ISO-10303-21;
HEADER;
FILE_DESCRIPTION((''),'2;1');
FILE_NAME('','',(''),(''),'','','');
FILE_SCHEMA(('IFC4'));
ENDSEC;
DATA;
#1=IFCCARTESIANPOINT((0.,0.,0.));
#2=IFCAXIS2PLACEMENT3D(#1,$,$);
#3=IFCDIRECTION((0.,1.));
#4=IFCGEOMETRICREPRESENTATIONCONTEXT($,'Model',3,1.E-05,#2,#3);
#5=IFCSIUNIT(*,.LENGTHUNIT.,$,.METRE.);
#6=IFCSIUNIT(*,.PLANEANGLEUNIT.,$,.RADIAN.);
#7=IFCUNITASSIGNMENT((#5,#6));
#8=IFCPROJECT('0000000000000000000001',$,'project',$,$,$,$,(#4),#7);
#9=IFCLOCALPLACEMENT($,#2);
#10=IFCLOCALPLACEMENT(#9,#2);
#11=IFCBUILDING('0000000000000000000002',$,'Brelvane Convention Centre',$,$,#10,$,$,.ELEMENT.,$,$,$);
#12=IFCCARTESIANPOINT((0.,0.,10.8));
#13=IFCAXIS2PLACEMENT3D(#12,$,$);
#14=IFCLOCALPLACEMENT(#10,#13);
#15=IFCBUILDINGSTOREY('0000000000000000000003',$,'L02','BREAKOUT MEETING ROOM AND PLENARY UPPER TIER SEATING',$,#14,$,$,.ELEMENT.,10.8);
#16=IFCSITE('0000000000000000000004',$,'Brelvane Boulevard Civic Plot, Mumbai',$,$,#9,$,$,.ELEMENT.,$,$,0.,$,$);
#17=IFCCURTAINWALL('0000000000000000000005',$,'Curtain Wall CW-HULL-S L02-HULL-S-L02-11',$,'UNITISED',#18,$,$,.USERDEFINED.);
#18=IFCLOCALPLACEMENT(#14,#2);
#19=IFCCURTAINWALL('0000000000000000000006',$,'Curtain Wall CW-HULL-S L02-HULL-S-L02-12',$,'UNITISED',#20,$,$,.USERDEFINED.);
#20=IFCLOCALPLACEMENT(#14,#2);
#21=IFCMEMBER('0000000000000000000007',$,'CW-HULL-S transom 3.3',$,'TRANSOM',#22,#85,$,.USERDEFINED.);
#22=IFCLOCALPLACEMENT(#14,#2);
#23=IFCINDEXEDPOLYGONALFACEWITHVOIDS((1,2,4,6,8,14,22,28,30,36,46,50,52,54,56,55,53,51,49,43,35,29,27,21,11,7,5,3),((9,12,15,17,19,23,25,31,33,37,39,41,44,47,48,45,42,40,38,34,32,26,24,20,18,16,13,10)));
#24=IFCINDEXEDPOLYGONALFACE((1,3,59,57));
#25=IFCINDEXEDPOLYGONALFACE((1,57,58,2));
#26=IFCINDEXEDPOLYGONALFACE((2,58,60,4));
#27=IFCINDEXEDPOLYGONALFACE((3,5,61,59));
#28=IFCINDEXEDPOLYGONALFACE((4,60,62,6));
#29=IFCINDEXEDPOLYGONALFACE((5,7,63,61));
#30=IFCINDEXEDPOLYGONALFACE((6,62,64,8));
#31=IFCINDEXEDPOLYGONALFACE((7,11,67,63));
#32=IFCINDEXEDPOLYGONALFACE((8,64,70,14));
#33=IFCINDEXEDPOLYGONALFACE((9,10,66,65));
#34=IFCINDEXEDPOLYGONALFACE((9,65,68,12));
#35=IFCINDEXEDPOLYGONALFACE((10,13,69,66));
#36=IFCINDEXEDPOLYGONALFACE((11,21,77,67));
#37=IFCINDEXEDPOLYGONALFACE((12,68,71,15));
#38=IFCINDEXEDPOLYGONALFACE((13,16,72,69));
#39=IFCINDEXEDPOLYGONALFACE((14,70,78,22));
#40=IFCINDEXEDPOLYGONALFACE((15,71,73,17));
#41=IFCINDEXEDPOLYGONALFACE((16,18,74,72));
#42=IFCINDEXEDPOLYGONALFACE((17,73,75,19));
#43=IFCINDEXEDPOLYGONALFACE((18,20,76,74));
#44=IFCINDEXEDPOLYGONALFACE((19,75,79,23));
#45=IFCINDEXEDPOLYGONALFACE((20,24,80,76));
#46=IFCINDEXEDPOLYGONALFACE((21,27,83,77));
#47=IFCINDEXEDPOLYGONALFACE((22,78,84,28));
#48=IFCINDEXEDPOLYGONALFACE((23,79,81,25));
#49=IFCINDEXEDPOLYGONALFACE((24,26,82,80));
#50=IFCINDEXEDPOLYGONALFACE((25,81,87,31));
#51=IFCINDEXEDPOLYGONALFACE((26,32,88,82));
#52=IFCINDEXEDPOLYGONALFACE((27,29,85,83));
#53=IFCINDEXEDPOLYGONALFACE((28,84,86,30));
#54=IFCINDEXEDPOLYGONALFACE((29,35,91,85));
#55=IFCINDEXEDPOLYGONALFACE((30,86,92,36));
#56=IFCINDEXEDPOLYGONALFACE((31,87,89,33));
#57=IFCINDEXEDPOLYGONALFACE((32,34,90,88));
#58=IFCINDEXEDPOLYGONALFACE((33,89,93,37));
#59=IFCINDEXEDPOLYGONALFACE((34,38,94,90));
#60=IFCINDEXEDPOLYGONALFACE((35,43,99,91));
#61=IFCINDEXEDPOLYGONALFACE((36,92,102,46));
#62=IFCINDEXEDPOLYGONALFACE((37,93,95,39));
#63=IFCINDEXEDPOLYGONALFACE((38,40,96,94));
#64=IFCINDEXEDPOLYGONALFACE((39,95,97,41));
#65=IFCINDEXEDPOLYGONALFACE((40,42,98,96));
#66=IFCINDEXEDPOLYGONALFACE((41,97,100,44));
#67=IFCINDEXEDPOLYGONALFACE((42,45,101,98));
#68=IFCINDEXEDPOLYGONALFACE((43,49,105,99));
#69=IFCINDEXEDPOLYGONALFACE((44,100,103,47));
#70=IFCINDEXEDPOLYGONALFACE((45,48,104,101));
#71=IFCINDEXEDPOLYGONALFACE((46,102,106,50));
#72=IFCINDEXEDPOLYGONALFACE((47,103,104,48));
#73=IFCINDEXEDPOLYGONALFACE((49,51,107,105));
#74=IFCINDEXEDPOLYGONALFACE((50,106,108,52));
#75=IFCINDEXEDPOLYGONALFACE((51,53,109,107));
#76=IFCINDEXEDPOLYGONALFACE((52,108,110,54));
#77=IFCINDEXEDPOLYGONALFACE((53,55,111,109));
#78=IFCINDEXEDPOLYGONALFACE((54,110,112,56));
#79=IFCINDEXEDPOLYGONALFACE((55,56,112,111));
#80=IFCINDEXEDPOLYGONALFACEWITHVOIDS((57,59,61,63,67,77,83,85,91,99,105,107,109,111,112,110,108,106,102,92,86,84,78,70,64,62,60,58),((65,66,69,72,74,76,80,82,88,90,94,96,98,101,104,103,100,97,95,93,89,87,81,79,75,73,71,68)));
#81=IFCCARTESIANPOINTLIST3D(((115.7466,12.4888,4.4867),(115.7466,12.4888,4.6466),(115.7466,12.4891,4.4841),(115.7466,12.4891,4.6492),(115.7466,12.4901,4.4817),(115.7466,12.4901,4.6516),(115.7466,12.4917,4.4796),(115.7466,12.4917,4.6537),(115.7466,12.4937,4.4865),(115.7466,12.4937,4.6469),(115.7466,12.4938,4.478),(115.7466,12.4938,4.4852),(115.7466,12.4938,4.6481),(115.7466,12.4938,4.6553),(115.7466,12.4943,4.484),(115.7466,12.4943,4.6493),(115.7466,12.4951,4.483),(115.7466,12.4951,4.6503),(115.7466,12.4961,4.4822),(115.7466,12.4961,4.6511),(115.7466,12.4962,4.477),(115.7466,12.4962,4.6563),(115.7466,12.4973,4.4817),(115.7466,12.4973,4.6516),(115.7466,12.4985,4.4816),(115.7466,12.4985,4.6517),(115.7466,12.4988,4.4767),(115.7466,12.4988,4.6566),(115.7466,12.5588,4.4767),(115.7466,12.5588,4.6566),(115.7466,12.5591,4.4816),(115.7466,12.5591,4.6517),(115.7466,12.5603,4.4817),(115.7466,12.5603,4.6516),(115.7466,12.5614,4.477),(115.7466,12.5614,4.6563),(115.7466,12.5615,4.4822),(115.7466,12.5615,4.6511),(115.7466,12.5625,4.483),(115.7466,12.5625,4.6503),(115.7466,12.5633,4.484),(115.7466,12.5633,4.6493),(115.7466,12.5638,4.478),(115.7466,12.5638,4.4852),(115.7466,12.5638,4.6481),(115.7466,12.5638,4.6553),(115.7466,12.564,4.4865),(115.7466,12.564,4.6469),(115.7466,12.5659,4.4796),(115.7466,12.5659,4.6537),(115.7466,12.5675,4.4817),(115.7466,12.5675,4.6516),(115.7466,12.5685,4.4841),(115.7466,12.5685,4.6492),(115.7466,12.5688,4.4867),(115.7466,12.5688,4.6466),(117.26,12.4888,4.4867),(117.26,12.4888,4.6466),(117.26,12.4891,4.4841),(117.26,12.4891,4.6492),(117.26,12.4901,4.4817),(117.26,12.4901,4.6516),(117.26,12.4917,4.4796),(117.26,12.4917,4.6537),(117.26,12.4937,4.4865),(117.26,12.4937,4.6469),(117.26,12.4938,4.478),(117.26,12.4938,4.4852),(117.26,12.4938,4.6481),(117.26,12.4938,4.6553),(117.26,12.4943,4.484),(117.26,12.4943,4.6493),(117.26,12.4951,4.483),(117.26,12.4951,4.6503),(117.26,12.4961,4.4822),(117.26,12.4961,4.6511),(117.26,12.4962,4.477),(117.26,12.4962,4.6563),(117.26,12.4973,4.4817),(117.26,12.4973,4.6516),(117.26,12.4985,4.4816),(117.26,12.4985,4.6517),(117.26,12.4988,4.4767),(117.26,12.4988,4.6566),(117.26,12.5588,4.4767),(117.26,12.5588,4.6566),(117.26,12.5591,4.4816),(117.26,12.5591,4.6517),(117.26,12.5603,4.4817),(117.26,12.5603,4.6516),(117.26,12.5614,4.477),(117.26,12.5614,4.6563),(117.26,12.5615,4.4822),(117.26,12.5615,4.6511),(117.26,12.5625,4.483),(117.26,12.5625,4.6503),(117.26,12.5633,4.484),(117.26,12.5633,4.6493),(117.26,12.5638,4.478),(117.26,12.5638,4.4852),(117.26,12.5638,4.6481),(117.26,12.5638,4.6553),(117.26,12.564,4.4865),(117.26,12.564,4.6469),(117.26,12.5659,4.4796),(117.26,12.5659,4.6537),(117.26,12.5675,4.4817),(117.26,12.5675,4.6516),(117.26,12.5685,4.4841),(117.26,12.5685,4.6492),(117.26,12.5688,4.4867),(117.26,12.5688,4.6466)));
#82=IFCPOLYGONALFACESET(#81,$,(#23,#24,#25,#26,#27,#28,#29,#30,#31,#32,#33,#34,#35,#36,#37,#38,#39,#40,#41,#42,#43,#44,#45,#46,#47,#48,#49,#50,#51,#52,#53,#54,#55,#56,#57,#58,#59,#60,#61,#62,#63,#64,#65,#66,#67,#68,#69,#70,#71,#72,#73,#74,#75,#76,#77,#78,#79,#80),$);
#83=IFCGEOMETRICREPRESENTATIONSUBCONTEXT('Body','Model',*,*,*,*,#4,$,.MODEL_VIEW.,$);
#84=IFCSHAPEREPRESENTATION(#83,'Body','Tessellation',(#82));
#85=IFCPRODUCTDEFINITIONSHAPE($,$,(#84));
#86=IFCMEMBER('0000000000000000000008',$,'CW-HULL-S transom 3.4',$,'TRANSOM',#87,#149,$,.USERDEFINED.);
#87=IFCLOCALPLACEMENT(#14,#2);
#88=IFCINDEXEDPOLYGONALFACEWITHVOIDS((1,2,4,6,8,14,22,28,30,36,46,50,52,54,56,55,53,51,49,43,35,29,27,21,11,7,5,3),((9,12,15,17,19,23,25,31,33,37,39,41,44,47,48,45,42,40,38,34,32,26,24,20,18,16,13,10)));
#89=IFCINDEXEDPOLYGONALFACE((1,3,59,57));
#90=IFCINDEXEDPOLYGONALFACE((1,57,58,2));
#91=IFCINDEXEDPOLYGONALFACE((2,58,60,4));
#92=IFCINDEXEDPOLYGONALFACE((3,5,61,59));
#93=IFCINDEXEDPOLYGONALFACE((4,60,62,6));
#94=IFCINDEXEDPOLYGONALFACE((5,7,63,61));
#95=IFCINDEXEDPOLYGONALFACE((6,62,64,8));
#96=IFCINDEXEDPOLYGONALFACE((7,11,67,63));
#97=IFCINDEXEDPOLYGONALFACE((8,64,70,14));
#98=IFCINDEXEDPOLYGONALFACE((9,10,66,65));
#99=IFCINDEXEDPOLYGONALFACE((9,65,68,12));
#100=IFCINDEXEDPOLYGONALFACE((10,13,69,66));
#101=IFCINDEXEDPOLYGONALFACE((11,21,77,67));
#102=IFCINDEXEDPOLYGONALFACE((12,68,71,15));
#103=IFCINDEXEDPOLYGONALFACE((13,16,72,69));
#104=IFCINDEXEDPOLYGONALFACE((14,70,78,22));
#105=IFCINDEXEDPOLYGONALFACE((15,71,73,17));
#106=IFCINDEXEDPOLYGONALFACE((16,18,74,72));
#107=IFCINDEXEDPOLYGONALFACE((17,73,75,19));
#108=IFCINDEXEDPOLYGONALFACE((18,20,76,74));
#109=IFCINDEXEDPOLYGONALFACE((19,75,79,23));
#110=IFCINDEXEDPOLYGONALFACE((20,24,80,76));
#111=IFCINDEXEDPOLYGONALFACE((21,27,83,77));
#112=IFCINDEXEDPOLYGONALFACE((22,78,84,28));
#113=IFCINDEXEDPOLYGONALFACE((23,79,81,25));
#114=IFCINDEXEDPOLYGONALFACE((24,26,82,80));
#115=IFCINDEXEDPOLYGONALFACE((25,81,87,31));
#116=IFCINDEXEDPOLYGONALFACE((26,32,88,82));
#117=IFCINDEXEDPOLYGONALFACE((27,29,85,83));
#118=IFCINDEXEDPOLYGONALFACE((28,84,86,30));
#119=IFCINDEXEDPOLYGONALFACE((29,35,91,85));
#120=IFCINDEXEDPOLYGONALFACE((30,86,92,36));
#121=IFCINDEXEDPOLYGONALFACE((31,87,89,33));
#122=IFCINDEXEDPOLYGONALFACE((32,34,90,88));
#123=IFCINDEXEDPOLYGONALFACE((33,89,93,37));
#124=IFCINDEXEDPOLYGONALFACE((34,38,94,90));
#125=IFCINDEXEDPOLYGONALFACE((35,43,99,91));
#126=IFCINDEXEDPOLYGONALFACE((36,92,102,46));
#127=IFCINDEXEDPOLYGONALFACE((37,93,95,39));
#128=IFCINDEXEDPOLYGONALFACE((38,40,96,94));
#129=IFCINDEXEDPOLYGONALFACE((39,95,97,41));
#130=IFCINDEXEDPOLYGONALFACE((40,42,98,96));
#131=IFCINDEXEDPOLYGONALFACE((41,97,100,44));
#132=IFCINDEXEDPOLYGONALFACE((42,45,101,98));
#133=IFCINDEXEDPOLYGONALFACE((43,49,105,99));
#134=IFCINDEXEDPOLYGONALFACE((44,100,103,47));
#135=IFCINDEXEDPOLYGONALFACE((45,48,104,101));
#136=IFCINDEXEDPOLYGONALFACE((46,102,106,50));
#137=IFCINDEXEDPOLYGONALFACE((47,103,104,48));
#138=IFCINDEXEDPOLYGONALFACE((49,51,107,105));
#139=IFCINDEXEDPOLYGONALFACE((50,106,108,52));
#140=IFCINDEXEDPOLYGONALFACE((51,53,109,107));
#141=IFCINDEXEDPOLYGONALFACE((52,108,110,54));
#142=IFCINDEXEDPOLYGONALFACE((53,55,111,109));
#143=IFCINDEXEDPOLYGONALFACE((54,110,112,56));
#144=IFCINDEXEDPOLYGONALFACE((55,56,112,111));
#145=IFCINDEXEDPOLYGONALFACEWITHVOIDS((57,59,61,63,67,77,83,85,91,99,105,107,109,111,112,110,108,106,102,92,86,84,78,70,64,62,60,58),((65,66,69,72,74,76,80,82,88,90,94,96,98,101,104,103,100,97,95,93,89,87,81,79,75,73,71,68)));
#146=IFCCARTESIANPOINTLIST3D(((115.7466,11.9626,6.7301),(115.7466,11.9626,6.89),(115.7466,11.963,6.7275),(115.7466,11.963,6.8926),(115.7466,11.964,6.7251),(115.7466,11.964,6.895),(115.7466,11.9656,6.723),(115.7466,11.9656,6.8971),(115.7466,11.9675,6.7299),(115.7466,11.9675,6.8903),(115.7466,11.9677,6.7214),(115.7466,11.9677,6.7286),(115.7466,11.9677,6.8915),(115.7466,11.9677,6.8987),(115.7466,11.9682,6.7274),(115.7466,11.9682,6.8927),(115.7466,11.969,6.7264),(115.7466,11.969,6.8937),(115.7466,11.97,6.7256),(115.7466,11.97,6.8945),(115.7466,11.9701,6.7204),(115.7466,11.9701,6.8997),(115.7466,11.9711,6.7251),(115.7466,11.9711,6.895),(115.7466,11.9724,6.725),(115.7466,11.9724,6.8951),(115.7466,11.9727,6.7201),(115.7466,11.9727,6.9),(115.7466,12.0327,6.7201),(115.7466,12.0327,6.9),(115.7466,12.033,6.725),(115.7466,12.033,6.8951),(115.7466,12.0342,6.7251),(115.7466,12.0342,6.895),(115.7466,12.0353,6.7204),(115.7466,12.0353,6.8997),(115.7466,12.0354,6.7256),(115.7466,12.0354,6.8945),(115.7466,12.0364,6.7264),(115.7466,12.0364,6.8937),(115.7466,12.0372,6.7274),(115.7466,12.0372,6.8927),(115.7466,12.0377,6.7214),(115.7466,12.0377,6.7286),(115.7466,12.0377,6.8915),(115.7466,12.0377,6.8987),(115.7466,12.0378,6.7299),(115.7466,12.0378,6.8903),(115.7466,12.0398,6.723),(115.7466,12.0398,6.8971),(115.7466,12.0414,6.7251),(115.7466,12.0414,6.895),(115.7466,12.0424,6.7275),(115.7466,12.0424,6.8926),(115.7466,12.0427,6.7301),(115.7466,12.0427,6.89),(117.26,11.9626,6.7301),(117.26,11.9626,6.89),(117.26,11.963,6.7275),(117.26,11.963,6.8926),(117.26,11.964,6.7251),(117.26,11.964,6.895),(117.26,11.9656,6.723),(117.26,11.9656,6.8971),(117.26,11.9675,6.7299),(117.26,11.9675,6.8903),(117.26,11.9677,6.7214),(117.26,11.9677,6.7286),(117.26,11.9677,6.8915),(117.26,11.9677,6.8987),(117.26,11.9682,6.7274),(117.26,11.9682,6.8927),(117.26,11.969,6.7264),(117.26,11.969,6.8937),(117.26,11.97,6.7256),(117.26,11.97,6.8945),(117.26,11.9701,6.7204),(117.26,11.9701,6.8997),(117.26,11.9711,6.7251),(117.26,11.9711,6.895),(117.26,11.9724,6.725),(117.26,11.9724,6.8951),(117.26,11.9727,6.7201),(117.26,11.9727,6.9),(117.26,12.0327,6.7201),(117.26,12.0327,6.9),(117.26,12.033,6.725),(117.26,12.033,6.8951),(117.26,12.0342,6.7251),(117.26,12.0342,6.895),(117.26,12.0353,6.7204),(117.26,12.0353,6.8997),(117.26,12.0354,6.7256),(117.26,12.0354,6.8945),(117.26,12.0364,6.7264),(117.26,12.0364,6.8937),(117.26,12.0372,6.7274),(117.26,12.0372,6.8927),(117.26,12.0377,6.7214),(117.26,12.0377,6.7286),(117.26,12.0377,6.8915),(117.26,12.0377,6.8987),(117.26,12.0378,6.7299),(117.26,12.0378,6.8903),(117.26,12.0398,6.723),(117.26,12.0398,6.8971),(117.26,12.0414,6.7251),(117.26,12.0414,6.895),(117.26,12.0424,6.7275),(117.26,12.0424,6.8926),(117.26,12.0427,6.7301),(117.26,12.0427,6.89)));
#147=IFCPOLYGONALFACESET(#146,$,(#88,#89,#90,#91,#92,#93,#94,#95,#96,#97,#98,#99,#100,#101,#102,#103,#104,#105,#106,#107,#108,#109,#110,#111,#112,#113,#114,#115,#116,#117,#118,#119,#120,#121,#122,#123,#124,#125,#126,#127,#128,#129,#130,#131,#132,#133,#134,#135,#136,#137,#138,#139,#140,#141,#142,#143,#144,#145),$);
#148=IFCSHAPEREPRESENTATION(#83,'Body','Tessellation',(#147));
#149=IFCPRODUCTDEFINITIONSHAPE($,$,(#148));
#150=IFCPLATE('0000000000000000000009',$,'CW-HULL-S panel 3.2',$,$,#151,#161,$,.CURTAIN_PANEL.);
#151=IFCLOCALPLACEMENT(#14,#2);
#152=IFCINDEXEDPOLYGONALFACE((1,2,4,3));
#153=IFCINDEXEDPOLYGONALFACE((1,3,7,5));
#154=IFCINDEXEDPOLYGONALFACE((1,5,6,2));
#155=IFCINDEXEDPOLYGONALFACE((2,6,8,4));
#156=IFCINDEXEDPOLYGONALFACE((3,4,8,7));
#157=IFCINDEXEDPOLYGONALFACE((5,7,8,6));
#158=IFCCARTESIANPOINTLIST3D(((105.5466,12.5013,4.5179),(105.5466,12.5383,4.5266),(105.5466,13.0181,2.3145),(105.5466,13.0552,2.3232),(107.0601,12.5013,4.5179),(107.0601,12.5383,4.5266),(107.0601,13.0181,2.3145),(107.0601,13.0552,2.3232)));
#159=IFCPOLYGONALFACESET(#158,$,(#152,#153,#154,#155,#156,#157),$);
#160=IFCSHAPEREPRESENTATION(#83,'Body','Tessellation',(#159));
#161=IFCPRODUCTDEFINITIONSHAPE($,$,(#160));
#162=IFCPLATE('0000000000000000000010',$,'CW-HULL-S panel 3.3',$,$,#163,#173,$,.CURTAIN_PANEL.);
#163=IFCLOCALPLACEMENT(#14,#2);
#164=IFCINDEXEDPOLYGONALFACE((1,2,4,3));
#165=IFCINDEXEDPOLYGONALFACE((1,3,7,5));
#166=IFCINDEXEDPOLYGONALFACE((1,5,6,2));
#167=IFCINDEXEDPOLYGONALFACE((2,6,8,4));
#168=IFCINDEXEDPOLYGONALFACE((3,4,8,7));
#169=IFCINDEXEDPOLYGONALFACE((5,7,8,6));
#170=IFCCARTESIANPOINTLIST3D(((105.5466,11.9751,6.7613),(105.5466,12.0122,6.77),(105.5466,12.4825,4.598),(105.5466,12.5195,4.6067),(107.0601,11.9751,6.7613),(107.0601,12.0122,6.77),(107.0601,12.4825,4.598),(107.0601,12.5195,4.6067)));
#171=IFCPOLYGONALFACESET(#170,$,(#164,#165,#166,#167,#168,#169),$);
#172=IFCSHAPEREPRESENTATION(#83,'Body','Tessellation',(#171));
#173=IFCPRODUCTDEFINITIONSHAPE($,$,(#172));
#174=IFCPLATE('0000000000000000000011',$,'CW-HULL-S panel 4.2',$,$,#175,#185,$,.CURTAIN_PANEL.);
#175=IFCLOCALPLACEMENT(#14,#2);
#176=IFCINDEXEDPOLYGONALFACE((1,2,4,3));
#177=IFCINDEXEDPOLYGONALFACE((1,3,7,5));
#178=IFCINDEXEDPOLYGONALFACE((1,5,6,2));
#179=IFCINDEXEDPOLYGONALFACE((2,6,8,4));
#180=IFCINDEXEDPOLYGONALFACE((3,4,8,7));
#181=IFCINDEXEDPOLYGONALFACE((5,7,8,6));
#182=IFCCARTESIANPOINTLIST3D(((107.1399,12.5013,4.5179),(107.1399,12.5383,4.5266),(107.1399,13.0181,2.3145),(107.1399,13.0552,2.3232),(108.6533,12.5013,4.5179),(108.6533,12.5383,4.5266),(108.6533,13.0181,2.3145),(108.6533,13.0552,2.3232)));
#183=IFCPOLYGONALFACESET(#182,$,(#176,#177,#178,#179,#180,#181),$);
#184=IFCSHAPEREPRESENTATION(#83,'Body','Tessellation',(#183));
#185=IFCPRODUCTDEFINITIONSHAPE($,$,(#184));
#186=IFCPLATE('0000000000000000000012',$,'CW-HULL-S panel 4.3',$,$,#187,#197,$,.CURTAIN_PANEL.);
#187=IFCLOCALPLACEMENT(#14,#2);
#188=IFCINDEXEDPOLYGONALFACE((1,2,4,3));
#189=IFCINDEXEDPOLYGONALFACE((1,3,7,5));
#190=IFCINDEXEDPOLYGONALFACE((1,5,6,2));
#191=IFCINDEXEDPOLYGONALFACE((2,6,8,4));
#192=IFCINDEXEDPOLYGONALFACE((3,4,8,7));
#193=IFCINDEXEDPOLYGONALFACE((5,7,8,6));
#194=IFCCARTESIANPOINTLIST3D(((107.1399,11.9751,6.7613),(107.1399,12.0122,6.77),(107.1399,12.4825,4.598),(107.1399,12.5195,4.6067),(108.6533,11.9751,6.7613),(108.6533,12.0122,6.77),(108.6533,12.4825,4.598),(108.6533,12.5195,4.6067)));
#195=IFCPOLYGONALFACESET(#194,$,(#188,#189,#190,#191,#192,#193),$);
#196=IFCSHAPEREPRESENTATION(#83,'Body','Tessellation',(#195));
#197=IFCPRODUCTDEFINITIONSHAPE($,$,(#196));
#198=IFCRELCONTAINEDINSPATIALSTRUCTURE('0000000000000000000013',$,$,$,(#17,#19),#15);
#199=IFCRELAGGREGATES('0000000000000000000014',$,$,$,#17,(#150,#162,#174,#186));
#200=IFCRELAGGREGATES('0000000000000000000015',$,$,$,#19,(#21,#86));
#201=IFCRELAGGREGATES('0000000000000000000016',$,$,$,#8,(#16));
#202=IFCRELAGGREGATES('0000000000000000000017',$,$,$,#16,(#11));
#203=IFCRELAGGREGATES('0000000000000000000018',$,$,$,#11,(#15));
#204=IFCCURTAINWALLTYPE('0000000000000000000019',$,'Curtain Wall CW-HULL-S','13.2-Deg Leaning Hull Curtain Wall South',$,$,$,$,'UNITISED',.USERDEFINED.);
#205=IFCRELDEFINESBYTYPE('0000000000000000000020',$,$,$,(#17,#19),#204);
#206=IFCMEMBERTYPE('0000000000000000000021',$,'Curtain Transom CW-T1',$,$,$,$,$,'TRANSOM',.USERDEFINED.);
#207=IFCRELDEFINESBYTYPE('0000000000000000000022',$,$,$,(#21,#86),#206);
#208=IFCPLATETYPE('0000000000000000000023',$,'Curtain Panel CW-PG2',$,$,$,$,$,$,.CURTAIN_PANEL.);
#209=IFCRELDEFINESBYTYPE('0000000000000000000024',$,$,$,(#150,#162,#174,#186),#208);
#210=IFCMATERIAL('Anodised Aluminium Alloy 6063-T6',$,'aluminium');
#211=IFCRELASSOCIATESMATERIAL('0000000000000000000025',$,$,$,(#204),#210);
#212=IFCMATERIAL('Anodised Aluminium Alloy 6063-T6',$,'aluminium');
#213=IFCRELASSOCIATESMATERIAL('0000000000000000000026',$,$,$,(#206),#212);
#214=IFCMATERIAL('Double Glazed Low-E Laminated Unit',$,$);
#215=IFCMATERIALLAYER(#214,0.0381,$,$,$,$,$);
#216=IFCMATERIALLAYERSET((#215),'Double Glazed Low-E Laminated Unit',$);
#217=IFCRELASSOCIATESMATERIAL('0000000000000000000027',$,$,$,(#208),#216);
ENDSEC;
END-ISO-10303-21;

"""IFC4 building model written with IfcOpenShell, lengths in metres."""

from ifc_helpers import new_model, si_unit, direction, frame, origin, origin_2d, place, context, subcontext, project, spatial, polyline, hollow_rectangle, outline, extrude, material, layer, layer_set, material_profile, profile_set, type_object, element, aggregate, save


model = new_model("IFC4")

# Units and contexts
model_context = context("Model", 3, precision=1e-05, world=origin(), true_north=direction((0.0, 1.0)))
body_context = subcontext(model_context, "Body", "Model", "MODEL_VIEW")
ifc_project = project(units=[si_unit("LENGTHUNIT", "METRE"), si_unit("PLANEANGLEUNIT", "RADIAN")], contexts=[model_context])

# Site, building, storey
site_placement = place(None, origin())
site = spatial("IfcSite", under=ifc_project, at=site_placement, Name="Brelvane Boulevard Civic Plot, Mumbai", CompositionType="ELEMENT", RefElevation=0.0)
building_placement = place(site_placement, origin())
building = spatial("IfcBuilding", under=site, at=building_placement, Name="Brelvane Convention Centre", CompositionType="ELEMENT")
storey_placement = place(building_placement, frame((0.0, 0.0, 10.8)))
storey = spatial("IfcBuildingStorey", under=building, at=storey_placement, Name="L02", Description="BREAKOUT MEETING ROOM AND PLENARY UPPER TIER SEATING", CompositionType="ELEMENT", Elevation=10.8)

# Curtain walls, members
ifc_material_1 = material(Name="Anodised Aluminium Alloy 6063-T6", Category="aluminium")
curtain_wall_type = type_object("IfcCurtainWallType", Name="Curtain Wall CW-HULL-S", Description="13.2-Deg Leaning Hull Curtain Wall South", ElementType="UNITISED", PredefinedType="USERDEFINED", material=ifc_material_1)
curtain_wall_1_placement = place(storey_placement, origin())
curtain_wall_1 = element("IfcCurtainWall", 1, at=curtain_wall_1_placement, inside=storey, type_object=curtain_wall_type, Name="Curtain Wall CW-HULL-S L02-HULL-S-L02-11", ObjectType="UNITISED", PredefinedType="USERDEFINED")
ifc_material_2 = material(Name="Anodised Aluminium Alloy 6063-T6", Category="aluminium")
ifc_material_profile = material_profile(ifc_material_2, hollow_rectangle(XDim=0.0801, YDim=0.1799, WallThickness=0.0049, InnerFilletRadius=0.0049, OuterFilletRadius=0.01, at=origin_2d()), Name="ALU-T 180x80x5.0")
ifc_profile_set = profile_set([ifc_material_profile], Name="Anodised Aluminium Alloy 6063-T6")
member_type = type_object("IfcMemberType", Name="Curtain Transom CW-T1", ElementType="TRANSOM", PredefinedType="USERDEFINED", material=ifc_profile_set)
curtain_wall_2_placement = place(storey_placement, origin())
curtain_wall_2 = element("IfcCurtainWall", 2, at=curtain_wall_2_placement, inside=storey, type_object=curtain_wall_type, Name="Curtain Wall CW-HULL-S L02-HULL-S-L02-12", ObjectType="UNITISED", PredefinedType="USERDEFINED")
member_1_placement = place(storey_placement, frame((115.7466, 12.5288, 4.5667), z_axis=(1.0, 0.0, 0.0), x_axis=(0.0, 1.0, 0.0)))
member_1 = element("IfcMember", 3, at=member_1_placement, type_object=member_type, Name="CW-HULL-S transom 3.3", ObjectType="TRANSOM", PredefinedType="USERDEFINED", context=body_context, shape_type="SweptSolid", body=[
    extrude(hollow_rectangle(XDim=0.0801, YDim=0.1799, WallThickness=0.0049, InnerFilletRadius=0.0049, OuterFilletRadius=0.01, at=origin_2d()), origin(), (0.0, 0.0, 1.0), 1.5134),
])
member_2_placement = place(storey_placement, frame((115.7466, 12.0027, 6.8101), z_axis=(1.0, 0.0, 0.0), x_axis=(0.0, 1.0, 0.0)))
member_2 = element("IfcMember", 4, at=member_2_placement, type_object=member_type, Name="CW-HULL-S transom 3.4", ObjectType="TRANSOM", PredefinedType="USERDEFINED", context=body_context, shape_type="SweptSolid", body=[
    extrude(hollow_rectangle(XDim=0.0801, YDim=0.1799, WallThickness=0.0049, InnerFilletRadius=0.0049, OuterFilletRadius=0.01, at=origin_2d()), origin(), (0.0, 0.0, 1.0), 1.5134),
])

# Plates
ifc_material_3 = material(Name="Double Glazed Low-E Laminated Unit")
ifc_layer = layer(ifc_material_3, 0.0381)
ifc_layer_set = layer_set([ifc_layer], Name="Double Glazed Low-E Laminated Unit")
plate_type = type_object("IfcPlateType", Name="Curtain Panel CW-PG2", PredefinedType="CURTAIN_PANEL", material=ifc_layer_set)
plate_1_placement = place(storey_placement, frame((105.5466, 13.0552, 2.3232), z_axis=(0.0, 0.973574, 0.228372), x_axis=(1.0, 0.0, 0.0)))
plate_1 = element("IfcPlate", 5, at=plate_1_placement, type_object=plate_type, Name="CW-HULL-S panel 3.2", PredefinedType="CURTAIN_PANEL", context=body_context, shape_type="SweptSolid", body=[
    extrude(outline(polyline([(0.0, 0.0), (1.5134, 0.0), (1.5134, -2.2632), (0.0, -2.2632), (0.0, 0.0)])), origin(), (0.0, 0.0, -1.0), 0.0381),
])
plate_2_placement = place(storey_placement, frame((105.5466, 12.5195, 4.6067), z_axis=(0.0, 0.973587, 0.228317), x_axis=(1.0, 0.0, 0.0)))
plate_2 = element("IfcPlate", 6, at=plate_2_placement, type_object=plate_type, Name="CW-HULL-S panel 3.3", PredefinedType="CURTAIN_PANEL", context=body_context, shape_type="SweptSolid", body=[
    extrude(outline(polyline([(0.0, 0.0), (1.5134, 0.0), (1.5134, -2.222), (0.0, -2.222), (0.0, 0.0)])), origin(), (0.0, 0.0, -1.0), 0.0381),
])
plate_3_placement = place(storey_placement, frame((107.1399, 13.0552, 2.3232), z_axis=(0.0, 0.973574, 0.228372), x_axis=(1.0, 0.0, 0.0)))
plate_3 = element("IfcPlate", 7, at=plate_3_placement, type_object=plate_type, Name="CW-HULL-S panel 4.2", PredefinedType="CURTAIN_PANEL", context=body_context, shape_type="SweptSolid", body=[
    extrude(outline(polyline([(0.0, 0.0), (1.5134, 0.0), (1.5134, -2.2632), (0.0, -2.2632), (0.0, 0.0)])), origin(), (0.0, 0.0, -1.0), 0.0381),
])
plate_4_placement = place(storey_placement, frame((107.1399, 12.5195, 4.6067), z_axis=(0.0, 0.973587, 0.228317), x_axis=(1.0, 0.0, 0.0)))
plate_4 = element("IfcPlate", 8, at=plate_4_placement, type_object=plate_type, Name="CW-HULL-S panel 4.3", PredefinedType="CURTAIN_PANEL", context=body_context, shape_type="SweptSolid", body=[
    extrude(outline(polyline([(0.0, 0.0), (1.5134, 0.0), (1.5134, -2.222), (0.0, -2.222), (0.0, 0.0)])), origin(), (0.0, 0.0, -1.0), 0.0381),
])
aggregate(curtain_wall_1, [plate_1, plate_2, plate_3, plate_4])
aggregate(curtain_wall_2, [member_1, member_2])

save(model, "model.ifc")
